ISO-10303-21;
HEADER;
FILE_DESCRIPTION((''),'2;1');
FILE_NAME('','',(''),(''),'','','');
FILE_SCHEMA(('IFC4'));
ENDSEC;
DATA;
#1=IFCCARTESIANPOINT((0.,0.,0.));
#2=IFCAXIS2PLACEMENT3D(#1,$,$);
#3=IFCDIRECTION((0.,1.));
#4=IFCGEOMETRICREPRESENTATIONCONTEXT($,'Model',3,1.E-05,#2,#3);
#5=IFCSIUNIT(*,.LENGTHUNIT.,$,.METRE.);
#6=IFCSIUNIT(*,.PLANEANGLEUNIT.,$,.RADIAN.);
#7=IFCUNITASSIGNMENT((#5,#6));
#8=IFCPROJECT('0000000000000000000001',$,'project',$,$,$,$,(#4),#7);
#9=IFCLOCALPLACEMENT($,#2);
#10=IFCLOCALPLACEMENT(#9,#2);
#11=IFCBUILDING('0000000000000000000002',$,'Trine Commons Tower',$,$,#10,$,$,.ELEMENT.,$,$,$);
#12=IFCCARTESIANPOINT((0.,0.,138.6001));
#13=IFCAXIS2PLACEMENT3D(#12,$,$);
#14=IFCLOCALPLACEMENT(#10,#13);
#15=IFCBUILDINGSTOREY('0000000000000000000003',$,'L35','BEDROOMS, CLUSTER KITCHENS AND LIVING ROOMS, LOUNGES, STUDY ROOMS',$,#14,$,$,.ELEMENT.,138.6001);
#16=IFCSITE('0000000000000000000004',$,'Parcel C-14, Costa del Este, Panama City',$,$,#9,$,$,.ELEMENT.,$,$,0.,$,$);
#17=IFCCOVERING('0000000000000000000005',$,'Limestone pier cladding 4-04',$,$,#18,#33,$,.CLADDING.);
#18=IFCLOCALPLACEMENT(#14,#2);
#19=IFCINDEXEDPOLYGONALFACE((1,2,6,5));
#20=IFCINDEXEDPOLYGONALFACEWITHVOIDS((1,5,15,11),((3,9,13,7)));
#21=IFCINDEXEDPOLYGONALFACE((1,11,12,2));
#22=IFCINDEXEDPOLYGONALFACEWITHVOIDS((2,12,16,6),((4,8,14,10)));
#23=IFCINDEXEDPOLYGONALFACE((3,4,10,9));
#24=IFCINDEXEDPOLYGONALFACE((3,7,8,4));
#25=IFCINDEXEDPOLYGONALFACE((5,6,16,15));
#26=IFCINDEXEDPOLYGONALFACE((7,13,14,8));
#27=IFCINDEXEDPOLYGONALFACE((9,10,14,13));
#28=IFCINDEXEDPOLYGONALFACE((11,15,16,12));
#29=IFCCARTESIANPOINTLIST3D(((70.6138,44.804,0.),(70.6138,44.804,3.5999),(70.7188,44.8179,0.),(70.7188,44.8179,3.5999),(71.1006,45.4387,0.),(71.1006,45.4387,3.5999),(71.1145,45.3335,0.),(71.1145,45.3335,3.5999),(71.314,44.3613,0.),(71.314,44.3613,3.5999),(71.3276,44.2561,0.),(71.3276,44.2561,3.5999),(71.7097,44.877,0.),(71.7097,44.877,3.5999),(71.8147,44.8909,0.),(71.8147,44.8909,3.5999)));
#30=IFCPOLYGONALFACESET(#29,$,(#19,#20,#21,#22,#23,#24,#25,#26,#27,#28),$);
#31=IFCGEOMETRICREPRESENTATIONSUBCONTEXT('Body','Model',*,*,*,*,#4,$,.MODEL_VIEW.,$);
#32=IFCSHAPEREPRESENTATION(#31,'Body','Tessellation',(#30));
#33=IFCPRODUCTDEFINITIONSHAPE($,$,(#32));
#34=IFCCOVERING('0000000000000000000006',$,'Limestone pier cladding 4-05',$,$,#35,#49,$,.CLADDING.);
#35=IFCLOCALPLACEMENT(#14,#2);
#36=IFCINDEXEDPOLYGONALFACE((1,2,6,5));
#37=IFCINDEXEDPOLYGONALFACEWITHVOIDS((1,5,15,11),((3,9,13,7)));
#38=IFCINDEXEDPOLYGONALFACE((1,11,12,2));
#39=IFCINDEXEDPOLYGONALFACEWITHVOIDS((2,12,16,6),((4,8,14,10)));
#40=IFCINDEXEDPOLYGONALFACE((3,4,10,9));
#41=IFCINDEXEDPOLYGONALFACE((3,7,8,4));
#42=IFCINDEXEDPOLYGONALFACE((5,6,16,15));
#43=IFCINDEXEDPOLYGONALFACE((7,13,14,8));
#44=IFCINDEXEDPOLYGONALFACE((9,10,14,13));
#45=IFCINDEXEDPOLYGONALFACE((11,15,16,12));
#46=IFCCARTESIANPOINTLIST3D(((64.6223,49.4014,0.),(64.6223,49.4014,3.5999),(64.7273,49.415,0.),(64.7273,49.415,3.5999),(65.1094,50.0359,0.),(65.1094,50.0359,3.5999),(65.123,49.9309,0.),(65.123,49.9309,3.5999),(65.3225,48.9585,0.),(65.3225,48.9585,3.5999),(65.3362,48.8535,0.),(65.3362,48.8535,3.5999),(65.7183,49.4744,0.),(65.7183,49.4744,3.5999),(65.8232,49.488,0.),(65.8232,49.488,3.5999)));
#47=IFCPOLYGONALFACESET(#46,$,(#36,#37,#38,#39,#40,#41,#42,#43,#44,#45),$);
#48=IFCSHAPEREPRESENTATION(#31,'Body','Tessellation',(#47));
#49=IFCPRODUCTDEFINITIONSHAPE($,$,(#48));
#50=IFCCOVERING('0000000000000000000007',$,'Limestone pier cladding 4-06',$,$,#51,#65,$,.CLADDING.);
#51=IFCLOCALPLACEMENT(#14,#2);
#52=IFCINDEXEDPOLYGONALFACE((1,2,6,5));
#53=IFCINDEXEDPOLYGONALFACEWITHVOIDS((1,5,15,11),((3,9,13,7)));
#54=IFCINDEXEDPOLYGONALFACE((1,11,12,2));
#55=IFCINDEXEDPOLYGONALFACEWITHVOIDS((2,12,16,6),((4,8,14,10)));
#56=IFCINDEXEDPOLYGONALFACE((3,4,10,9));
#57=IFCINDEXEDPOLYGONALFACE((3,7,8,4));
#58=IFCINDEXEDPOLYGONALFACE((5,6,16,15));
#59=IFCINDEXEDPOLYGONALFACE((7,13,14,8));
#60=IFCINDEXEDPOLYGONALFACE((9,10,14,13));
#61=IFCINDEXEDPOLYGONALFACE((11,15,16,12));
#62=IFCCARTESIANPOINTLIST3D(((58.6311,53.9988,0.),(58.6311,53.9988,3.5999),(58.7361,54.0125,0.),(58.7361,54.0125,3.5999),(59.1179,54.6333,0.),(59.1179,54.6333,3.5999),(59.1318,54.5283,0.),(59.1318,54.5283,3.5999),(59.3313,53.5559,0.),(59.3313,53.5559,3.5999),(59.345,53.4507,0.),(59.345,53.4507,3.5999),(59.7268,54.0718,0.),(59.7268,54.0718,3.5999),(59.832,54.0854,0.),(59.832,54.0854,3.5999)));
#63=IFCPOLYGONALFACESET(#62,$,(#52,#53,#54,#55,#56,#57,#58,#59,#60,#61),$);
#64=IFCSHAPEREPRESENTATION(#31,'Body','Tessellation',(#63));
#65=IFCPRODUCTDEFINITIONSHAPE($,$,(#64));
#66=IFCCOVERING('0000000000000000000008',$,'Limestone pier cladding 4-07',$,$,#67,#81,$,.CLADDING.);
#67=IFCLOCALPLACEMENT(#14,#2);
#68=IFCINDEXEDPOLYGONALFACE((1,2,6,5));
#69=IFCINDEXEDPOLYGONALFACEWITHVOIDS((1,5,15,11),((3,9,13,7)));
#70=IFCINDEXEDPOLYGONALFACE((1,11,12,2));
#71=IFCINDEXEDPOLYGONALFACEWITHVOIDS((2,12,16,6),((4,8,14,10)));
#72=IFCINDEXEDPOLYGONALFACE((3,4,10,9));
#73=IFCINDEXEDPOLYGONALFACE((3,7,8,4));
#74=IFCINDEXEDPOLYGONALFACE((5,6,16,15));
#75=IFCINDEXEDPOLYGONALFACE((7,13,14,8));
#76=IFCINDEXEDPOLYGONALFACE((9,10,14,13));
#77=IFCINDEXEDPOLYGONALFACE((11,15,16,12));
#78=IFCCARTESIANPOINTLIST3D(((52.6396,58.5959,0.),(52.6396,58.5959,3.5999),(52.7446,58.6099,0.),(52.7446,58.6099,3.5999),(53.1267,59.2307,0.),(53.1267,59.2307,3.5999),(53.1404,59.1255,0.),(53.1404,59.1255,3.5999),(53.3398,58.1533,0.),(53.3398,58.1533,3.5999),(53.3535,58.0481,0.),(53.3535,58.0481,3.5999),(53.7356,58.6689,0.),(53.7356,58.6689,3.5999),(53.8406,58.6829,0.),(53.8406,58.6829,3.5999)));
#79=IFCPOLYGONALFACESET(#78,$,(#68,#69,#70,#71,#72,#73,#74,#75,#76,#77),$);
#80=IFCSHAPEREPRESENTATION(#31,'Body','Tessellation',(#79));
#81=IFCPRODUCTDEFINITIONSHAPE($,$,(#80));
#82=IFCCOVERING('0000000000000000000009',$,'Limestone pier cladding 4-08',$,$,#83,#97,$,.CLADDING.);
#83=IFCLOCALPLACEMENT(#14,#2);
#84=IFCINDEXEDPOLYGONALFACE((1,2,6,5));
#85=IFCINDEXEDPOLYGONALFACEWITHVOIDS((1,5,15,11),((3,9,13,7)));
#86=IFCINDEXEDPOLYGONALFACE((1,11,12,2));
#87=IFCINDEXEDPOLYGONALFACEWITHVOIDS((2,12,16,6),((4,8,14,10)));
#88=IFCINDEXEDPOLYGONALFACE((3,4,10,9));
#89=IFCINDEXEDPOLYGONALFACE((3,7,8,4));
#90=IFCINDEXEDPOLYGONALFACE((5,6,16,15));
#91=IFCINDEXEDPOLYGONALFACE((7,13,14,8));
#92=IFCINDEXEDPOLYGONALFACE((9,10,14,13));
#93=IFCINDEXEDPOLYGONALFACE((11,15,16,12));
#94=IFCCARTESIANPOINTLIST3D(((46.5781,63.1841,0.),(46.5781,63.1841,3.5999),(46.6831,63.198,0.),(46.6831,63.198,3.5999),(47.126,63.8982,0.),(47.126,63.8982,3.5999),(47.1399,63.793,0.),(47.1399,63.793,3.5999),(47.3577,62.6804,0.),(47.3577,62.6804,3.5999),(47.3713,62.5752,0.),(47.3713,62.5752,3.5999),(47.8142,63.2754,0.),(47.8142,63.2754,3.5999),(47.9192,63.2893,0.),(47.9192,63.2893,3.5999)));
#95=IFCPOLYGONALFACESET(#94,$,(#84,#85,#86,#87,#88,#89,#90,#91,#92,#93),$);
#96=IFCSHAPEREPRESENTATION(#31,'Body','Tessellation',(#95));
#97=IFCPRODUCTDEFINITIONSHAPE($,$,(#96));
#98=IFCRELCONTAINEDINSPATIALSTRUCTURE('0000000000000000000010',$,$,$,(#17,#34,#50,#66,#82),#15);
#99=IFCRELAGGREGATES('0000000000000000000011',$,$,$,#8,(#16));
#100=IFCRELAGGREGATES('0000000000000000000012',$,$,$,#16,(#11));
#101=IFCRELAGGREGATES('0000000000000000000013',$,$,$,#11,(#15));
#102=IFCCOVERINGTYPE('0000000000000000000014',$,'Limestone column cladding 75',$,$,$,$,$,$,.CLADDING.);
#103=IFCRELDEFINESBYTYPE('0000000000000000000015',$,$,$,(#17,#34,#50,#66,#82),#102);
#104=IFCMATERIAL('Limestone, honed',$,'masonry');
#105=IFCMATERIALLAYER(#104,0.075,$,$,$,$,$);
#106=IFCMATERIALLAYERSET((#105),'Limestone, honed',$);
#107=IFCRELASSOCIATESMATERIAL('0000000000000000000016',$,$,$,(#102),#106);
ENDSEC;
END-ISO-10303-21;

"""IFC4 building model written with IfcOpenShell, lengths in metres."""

from ifc_helpers import new_model, si_unit, direction, frame, origin, place, context, subcontext, project, spatial, polyline, outline, extrude, material, layer, layer_set, type_object, element, save


model = new_model("IFC4")

# Units and contexts
model_context = context("Model", 3, precision=1e-05, world=origin(), true_north=direction((0.0, 1.0)))
body_context = subcontext(model_context, "Body", "Model", "MODEL_VIEW")
ifc_project = project(units=[si_unit("LENGTHUNIT", "METRE"), si_unit("PLANEANGLEUNIT", "RADIAN")], contexts=[model_context])

# Site, building, storey
site_placement = place(None, origin())
site = spatial("IfcSite", under=ifc_project, at=site_placement, Name="Parcel C-14, Costa del Este, Panama City", CompositionType="ELEMENT", RefElevation=0.0)
building_placement = place(site_placement, origin())
building = spatial("IfcBuilding", under=site, at=building_placement, Name="Trine Commons Tower", CompositionType="ELEMENT")
storey_placement = place(building_placement, frame((0.0, 0.0, 138.6001)))
storey = spatial("IfcBuildingStorey", under=building, at=storey_placement, Name="L35", Description="BEDROOMS, CLUSTER KITCHENS AND LIVING ROOMS, LOUNGES, STUDY ROOMS", CompositionType="ELEMENT", Elevation=138.6001)

# Coverings
ifc_material_1 = material(Name="Limestone, honed", Category="masonry")
ifc_layer_1 = layer(ifc_material_1, 0.075)
ifc_layer_set_1 = layer_set([ifc_layer_1], Name="Limestone, honed")
covering_type_1 = type_object("IfcCoveringType", Name="Limestone column cladding 75", PredefinedType="CLADDING", material=ifc_layer_set_1)
covering_1_placement = place(storey_placement, origin())
element("IfcCovering", 1, at=covering_1_placement, inside=storey, type_object=covering_type_1, Name="Limestone pier cladding 4-04", PredefinedType="CLADDING", context=body_context, shape_type="SweptSolid", body=[
    extrude(outline(polyline([(71.1006, 45.4387), (70.6138, 44.804), (71.3276, 44.2561), (71.8147, 44.8909), (71.1006, 45.4387)]), holes=[polyline([(71.1145, 45.3335), (70.7188, 44.8179), (71.314, 44.3613), (71.7097, 44.877), (71.1145, 45.3335)])]), origin(), (0.0, 0.0, 1.0), 3.5999),
])
covering_2_placement = place(storey_placement, origin())
element("IfcCovering", 2, at=covering_2_placement, inside=storey, type_object=covering_type_1, Name="Limestone pier cladding 4-05", PredefinedType="CLADDING", context=body_context, shape_type="SweptSolid", body=[
    extrude(outline(polyline([(65.1094, 50.0359), (64.6223, 49.4014), (65.3362, 48.8535), (65.8232, 49.488), (65.1094, 50.0359)]), holes=[polyline([(65.123, 49.9309), (64.7273, 49.415), (65.3225, 48.9585), (65.7183, 49.4744), (65.123, 49.9309)])]), origin(), (0.0, 0.0, 1.0), 3.5999),
])
covering_3_placement = place(storey_placement, origin())
element("IfcCovering", 3, at=covering_3_placement, inside=storey, type_object=covering_type_1, Name="Limestone pier cladding 4-06", PredefinedType="CLADDING", context=body_context, shape_type="SweptSolid", body=[
    extrude(outline(polyline([(59.1179, 54.6333), (58.6311, 53.9988), (59.345, 53.4507), (59.832, 54.0854), (59.1179, 54.6333)]), holes=[polyline([(59.1318, 54.5283), (58.7361, 54.0125), (59.3313, 53.5559), (59.7268, 54.0718), (59.1318, 54.5283)])]), origin(), (0.0, 0.0, 1.0), 3.5999),
])
covering_4_placement = place(storey_placement, origin())
element("IfcCovering", 4, at=covering_4_placement, inside=storey, type_object=covering_type_1, Name="Limestone pier cladding 4-07", PredefinedType="CLADDING", context=body_context, shape_type="SweptSolid", body=[
    extrude(outline(polyline([(53.1267, 59.2307), (52.6396, 58.5959), (53.3535, 58.0481), (53.8406, 58.6829), (53.1267, 59.2307)]), holes=[polyline([(53.1404, 59.1255), (52.7446, 58.6099), (53.3398, 58.1533), (53.7356, 58.6689), (53.1404, 59.1255)])]), origin(), (0.0, 0.0, 1.0), 3.5999),
])
covering_5_placement = place(storey_placement, origin())
element("IfcCovering", 5, at=covering_5_placement, inside=storey, type_object=covering_type_1, Name="Limestone pier cladding 4-08", PredefinedType="CLADDING", context=body_context, shape_type="SweptSolid", body=[
    extrude(outline(polyline([(47.126, 63.8982), (46.5781, 63.1841), (47.3713, 62.5752), (47.9192, 63.2893), (47.126, 63.8982)]), holes=[polyline([(47.1399, 63.793), (46.6831, 63.198), (47.3577, 62.6804), (47.8142, 63.2754), (47.1399, 63.793)])]), origin(), (0.0, 0.0, 1.0), 3.5999),
])

save(model, "model.ifc")
